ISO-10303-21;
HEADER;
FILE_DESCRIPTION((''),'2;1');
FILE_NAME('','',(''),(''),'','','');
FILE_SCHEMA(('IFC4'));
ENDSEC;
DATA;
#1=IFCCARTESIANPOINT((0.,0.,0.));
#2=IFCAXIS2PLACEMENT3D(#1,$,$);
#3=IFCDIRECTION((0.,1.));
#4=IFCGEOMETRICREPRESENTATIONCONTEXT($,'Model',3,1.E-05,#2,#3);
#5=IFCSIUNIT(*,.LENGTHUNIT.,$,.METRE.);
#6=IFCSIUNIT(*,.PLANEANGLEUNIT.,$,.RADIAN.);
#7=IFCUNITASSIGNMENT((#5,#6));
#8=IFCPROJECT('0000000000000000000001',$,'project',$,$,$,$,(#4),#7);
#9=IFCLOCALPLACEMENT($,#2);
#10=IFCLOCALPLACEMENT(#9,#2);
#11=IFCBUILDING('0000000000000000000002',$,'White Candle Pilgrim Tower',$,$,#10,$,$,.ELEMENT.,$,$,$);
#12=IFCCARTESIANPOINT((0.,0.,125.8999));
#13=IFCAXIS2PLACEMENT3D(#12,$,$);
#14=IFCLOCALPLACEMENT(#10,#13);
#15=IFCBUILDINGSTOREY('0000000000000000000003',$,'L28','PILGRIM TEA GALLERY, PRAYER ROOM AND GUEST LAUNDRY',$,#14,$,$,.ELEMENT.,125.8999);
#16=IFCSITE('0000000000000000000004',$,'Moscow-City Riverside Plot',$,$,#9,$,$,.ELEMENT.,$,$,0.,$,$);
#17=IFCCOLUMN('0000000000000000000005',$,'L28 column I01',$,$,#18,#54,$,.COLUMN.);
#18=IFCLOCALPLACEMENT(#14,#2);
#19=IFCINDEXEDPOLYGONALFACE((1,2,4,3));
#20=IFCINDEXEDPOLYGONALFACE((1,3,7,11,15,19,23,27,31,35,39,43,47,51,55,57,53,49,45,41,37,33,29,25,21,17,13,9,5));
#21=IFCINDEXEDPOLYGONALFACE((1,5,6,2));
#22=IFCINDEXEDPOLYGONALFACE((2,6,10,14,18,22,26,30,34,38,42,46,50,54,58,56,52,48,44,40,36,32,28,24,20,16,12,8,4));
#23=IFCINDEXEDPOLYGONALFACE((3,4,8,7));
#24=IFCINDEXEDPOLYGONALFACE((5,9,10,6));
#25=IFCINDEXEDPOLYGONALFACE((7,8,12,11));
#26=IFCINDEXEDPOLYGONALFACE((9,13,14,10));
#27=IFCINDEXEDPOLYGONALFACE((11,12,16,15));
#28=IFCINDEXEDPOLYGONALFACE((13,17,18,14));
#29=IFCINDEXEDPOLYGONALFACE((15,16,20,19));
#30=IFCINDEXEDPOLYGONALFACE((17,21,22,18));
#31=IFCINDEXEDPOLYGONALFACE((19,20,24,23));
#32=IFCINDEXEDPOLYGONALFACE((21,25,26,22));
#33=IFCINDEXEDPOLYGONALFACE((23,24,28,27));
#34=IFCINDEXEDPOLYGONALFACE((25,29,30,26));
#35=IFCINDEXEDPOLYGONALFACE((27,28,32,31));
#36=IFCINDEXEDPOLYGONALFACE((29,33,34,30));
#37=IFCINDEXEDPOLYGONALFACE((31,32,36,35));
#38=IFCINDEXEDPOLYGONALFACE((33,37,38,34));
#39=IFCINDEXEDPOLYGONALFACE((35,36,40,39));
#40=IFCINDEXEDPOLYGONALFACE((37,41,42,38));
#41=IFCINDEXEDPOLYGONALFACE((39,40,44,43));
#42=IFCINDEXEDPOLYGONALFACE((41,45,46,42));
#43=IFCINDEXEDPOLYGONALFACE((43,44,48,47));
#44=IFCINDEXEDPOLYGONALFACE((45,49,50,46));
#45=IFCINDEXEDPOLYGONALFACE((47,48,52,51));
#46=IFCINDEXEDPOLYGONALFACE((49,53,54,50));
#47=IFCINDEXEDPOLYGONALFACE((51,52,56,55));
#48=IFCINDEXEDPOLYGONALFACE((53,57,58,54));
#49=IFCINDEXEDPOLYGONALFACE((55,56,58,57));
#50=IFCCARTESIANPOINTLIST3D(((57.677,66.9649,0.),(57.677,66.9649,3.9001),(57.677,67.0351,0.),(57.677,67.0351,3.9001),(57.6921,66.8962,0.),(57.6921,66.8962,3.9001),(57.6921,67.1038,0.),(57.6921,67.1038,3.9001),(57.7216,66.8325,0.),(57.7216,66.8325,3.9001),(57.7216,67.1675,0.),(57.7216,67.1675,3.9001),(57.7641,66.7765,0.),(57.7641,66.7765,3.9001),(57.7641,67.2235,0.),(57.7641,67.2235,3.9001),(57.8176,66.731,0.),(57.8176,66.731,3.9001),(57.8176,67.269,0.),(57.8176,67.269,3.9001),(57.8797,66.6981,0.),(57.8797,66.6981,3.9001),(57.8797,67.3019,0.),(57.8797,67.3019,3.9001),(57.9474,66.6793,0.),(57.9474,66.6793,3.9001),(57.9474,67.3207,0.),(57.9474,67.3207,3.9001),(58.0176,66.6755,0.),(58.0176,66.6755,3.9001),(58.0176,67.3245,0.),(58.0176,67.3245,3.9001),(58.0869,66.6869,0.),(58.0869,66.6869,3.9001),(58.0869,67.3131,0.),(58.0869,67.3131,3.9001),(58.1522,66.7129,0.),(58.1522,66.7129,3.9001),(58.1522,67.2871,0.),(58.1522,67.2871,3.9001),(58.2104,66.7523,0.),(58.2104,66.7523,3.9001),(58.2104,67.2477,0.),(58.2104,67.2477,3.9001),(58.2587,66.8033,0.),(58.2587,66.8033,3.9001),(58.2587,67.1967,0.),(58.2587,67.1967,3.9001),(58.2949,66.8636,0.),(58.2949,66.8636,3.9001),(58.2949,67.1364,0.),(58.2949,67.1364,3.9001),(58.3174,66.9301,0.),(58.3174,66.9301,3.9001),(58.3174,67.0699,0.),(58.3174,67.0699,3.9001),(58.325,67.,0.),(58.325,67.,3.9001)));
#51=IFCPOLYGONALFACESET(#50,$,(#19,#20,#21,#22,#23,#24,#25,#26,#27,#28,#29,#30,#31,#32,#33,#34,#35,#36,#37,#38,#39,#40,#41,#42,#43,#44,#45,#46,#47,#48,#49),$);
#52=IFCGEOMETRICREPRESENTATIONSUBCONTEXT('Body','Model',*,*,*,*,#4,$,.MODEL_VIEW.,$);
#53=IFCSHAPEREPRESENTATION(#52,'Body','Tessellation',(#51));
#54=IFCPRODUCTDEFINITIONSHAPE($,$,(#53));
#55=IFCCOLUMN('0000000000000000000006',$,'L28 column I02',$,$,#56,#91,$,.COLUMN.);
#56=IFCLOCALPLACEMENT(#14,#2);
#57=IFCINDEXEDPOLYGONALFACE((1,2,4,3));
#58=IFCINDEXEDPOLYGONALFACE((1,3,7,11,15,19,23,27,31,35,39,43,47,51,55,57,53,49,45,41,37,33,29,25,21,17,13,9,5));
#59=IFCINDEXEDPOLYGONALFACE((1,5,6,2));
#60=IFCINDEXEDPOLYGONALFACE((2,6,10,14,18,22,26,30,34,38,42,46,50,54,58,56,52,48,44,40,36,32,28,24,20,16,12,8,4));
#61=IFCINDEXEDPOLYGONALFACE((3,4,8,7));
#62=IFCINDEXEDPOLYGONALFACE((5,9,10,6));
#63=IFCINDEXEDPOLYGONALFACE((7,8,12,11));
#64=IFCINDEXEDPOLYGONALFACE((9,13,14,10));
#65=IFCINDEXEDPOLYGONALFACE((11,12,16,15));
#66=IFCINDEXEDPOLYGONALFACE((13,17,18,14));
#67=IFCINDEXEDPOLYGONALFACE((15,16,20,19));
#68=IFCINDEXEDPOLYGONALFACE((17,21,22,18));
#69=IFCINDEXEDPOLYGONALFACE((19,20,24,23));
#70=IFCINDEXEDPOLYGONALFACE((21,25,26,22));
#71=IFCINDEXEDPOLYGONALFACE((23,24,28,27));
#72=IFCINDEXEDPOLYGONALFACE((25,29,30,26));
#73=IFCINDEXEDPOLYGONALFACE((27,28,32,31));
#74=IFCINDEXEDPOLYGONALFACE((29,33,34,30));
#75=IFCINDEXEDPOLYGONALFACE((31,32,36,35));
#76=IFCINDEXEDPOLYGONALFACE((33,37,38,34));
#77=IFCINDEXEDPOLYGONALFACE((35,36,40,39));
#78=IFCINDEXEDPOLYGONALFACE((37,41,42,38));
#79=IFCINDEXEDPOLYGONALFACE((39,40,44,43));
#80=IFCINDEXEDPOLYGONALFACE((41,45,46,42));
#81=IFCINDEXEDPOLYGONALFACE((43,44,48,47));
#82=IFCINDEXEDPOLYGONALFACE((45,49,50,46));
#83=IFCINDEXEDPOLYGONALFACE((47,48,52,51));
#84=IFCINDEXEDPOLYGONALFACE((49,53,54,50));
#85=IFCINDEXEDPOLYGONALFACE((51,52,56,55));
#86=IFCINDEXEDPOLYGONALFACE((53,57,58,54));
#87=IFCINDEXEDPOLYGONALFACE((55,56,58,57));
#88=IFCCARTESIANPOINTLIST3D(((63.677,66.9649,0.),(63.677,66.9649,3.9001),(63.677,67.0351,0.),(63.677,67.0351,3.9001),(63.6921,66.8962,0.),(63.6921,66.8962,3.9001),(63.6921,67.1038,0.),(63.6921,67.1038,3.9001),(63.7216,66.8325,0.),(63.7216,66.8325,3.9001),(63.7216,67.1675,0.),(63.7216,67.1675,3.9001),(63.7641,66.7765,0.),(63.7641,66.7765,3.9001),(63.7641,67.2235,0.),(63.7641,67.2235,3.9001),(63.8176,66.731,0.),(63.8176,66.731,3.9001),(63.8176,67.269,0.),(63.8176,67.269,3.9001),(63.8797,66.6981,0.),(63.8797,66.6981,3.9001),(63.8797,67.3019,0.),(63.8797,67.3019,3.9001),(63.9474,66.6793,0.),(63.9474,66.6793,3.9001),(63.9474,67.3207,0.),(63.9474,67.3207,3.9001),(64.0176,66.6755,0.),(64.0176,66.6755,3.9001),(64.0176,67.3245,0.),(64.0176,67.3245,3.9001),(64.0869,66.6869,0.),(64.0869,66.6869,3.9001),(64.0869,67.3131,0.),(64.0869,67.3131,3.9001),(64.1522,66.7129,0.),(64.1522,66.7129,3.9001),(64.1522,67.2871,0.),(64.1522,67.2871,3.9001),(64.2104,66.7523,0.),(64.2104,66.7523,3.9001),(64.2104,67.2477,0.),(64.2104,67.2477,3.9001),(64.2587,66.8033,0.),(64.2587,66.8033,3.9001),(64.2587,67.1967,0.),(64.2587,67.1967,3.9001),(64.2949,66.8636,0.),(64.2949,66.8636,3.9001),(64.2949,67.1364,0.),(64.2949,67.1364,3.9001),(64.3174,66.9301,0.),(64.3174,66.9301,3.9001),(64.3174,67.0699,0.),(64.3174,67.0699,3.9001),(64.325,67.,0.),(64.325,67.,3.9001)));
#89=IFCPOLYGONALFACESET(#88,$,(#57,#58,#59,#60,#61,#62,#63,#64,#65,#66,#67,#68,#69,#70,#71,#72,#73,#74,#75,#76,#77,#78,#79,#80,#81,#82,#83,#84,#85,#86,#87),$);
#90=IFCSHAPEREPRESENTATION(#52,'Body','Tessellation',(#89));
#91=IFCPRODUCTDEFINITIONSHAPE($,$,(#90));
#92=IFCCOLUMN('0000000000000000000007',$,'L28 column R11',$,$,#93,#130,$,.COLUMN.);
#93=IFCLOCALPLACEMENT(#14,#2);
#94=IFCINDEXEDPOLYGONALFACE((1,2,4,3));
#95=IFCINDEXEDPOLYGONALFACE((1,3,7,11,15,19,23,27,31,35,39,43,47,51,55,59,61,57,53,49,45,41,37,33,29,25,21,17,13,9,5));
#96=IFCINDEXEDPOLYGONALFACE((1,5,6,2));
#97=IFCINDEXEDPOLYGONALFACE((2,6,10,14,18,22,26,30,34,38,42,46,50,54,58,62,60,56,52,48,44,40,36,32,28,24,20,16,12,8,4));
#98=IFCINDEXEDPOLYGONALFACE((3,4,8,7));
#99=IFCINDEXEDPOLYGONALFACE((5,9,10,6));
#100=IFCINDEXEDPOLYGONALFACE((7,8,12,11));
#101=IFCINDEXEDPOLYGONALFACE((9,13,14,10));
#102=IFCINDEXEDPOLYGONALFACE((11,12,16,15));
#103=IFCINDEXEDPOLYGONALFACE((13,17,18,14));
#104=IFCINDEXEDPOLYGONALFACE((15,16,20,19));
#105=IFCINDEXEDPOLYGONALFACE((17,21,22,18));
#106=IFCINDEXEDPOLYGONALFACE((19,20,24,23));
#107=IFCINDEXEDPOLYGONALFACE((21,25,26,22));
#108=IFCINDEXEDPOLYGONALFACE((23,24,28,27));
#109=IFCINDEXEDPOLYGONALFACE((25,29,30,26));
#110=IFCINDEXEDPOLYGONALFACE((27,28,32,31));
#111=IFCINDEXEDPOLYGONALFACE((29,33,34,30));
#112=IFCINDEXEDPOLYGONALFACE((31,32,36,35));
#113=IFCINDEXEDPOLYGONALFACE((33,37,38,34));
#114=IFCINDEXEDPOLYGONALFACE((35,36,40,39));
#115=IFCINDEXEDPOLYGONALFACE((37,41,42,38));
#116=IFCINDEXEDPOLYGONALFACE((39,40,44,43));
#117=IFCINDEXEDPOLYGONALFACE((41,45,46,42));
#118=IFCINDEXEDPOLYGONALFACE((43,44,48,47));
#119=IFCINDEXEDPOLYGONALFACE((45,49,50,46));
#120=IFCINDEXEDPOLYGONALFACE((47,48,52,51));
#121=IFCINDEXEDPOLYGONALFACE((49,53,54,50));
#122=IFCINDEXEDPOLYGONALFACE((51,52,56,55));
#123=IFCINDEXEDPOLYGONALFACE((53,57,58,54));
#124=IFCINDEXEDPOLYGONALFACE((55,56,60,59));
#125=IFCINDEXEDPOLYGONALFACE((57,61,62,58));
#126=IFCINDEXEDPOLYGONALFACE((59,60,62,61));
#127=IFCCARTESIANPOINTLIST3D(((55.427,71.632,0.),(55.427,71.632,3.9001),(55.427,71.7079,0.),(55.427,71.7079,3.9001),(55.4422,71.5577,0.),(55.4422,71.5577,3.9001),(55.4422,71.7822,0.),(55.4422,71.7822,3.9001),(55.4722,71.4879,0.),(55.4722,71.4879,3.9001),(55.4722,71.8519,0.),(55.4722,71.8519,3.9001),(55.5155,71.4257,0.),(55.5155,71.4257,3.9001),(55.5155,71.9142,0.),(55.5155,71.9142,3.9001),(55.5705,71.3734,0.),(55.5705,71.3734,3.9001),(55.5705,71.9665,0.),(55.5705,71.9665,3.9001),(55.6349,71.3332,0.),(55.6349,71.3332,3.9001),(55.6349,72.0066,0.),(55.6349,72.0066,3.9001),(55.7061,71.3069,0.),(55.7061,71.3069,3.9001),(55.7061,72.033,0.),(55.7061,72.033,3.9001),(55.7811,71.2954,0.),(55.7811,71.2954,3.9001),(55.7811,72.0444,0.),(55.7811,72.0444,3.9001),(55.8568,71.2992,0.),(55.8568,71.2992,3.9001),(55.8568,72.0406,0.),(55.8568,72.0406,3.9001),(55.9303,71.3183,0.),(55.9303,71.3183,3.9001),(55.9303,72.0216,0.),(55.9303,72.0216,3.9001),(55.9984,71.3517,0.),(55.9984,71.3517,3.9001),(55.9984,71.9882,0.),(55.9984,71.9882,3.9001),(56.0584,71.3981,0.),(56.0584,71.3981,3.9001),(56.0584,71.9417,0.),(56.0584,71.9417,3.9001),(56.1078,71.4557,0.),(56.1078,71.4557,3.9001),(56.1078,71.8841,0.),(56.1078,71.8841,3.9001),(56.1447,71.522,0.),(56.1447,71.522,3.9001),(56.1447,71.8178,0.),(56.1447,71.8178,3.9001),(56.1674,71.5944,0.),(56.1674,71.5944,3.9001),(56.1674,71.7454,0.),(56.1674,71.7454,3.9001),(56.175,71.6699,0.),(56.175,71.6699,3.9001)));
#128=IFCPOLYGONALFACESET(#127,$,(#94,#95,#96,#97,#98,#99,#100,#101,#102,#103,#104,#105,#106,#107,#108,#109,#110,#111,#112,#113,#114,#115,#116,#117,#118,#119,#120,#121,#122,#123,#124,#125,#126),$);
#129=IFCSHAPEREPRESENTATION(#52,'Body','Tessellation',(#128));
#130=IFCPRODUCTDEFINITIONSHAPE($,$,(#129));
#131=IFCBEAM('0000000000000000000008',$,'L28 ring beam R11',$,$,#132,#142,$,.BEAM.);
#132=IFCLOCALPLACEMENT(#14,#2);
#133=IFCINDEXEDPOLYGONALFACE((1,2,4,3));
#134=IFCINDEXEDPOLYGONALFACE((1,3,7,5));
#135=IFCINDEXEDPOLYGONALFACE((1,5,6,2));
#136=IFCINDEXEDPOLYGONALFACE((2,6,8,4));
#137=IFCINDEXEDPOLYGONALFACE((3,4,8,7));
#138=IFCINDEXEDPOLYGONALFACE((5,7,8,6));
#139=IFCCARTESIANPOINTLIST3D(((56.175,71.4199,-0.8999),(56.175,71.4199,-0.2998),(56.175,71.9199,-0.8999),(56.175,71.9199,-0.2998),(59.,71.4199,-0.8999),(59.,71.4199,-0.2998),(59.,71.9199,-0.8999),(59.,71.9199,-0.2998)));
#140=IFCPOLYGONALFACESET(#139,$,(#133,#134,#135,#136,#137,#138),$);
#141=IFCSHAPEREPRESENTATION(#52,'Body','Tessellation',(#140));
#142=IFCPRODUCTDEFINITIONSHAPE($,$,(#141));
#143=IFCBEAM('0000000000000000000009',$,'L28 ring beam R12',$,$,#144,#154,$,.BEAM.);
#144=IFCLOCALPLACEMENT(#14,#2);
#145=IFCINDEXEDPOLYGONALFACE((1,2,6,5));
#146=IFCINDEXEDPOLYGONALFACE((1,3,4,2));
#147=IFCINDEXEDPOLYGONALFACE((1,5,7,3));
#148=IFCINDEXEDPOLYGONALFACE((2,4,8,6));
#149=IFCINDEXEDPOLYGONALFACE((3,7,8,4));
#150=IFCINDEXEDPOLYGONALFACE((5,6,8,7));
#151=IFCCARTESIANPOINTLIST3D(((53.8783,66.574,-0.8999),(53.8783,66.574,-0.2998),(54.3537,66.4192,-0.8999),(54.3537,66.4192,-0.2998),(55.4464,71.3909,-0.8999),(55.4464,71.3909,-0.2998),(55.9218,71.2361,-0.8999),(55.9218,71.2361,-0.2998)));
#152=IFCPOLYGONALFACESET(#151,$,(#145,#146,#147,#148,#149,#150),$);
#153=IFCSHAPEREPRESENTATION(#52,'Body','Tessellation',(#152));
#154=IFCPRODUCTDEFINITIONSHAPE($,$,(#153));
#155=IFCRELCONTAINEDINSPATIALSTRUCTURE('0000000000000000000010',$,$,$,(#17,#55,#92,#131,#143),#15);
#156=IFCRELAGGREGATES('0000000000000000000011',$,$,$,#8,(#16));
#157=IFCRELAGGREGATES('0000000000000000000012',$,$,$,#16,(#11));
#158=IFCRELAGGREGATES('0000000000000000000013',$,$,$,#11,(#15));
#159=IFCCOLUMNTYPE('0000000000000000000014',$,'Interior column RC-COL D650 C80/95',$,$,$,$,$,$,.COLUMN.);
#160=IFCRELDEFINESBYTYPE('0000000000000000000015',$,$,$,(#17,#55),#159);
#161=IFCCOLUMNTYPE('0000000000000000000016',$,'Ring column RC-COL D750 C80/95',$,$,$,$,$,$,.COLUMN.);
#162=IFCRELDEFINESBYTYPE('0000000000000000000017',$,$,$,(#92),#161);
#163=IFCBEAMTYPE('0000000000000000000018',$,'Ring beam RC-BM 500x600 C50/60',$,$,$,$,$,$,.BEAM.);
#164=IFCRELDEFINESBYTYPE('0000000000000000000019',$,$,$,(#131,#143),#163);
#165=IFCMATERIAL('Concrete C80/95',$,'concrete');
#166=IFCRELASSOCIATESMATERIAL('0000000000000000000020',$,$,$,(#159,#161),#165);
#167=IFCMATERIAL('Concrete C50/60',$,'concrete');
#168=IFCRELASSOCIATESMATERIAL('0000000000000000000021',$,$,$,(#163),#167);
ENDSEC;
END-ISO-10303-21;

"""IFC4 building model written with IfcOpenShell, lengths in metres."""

from ifc_helpers import new_model, si_unit, direction, frame, origin, origin_2d, place, context, subcontext, project, spatial, rectangle, circle, extrude, material, material_profile, profile_set, type_object, element, save


model = new_model("IFC4")

# Units and contexts
model_context = context("Model", 3, precision=1e-05, world=origin(), true_north=direction((0.0, 1.0)))
body_context = subcontext(model_context, "Body", "Model", "MODEL_VIEW")
ifc_project = project(units=[si_unit("LENGTHUNIT", "METRE"), si_unit("PLANEANGLEUNIT", "RADIAN")], contexts=[model_context])

# Site, building, storey
site_placement = place(None, origin())
site = spatial("IfcSite", under=ifc_project, at=site_placement, Name="Moscow-City Riverside Plot", CompositionType="ELEMENT", RefElevation=0.0)
building_placement = place(site_placement, origin())
building = spatial("IfcBuilding", under=site, at=building_placement, Name="White Candle Pilgrim Tower", CompositionType="ELEMENT")
storey_placement = place(building_placement, frame((0.0, 0.0, 125.8999)))
storey = spatial("IfcBuildingStorey", under=building, at=storey_placement, Name="L28", Description="PILGRIM TEA GALLERY, PRAYER ROOM AND GUEST LAUNDRY", CompositionType="ELEMENT", Elevation=125.8999)

# Columns
ifc_material_1 = material(Name="Concrete C80/95", Category="concrete")
ifc_material_profile_1 = material_profile(ifc_material_1, circle(Radius=0.325, at=origin_2d()), Name="RC-COL D650")
ifc_profile_set_1 = profile_set([ifc_material_profile_1], Name="Concrete C80/95")
column_type_1 = type_object("IfcColumnType", Name="Interior column RC-COL D650 C80/95", PredefinedType="COLUMN", material=ifc_profile_set_1)
for number, where, z_axis, x_axis, name in (
    (1, (58.0, 67.0, 0.0), (0.0, 0.0, 1.0), (1.0, 0.0, 0.0), "L28 column I01"),
    (2, (64.0, 67.0, 0.0), (0.0, 0.0, 1.0), (1.0, 0.0, 0.0), "L28 column I02"),
):
    element("IfcColumn", number, at=place(storey_placement, frame(where, z_axis=z_axis, x_axis=x_axis)), inside=storey, type_object=column_type_1, Name=name, PredefinedType="COLUMN", context=body_context, shape_type="SweptSolid", body=[
        extrude(circle(Radius=0.325, at=origin_2d()), origin(), (0.0, 0.0, 1.0), 3.9001),
    ])
ifc_material_profile_2 = material_profile(ifc_material_1, circle(Radius=0.375, at=origin_2d()), Name="RC-COL D750")
ifc_profile_set_2 = profile_set([ifc_material_profile_2], Name="Concrete C80/95")
column_type_2 = type_object("IfcColumnType", Name="Ring column RC-COL D750 C80/95", PredefinedType="COLUMN", material=ifc_profile_set_2)
column_placement = place(storey_placement, frame((55.8, 71.6699, 0.0), z_axis=(0.0, 0.0, 1.0), x_axis=(1.0, 0.0, 0.0)))
element("IfcColumn", 3, at=column_placement, inside=storey, type_object=column_type_2, Name="L28 column R11", PredefinedType="COLUMN", context=body_context, shape_type="SweptSolid", body=[
    extrude(circle(Radius=0.375, at=origin_2d()), origin(), (0.0, 0.0, 1.0), 3.9001),
])

# Beams
ifc_material_2 = material(Name="Concrete C50/60", Category="concrete")
ifc_material_profile_3 = material_profile(ifc_material_2, rectangle(XDim=0.5, YDim=0.6001, at=origin_2d()), Name="RC-BM 500x600")
ifc_profile_set_3 = profile_set([ifc_material_profile_3], Name="Concrete C50/60")
beam_type = type_object("IfcBeamType", Name="Ring beam RC-BM 500x600 C50/60", PredefinedType="BEAM", material=ifc_profile_set_3)
beam_1_placement = place(storey_placement, frame((56.175, 71.6699, -0.5999), z_axis=(1.0, 0.0, 0.0), x_axis=(0.0, 1.0, 0.0)))
element("IfcBeam", 4, at=beam_1_placement, inside=storey, type_object=beam_type, Name="L28 ring beam R11", PredefinedType="BEAM", context=body_context, shape_type="SweptSolid", body=[
    extrude(rectangle(XDim=0.5, YDim=0.6001, at=origin_2d()), origin(), (0.0, 0.0, 1.0), 2.825),
])
beam_2_placement = place(storey_placement, frame((55.6841, 71.3135, -0.5999), z_axis=(-0.309555, -0.950882, 0.0), x_axis=(0.950882, -0.309555, 0.0)))
element("IfcBeam", 5, at=beam_2_placement, inside=storey, type_object=beam_type, Name="L28 ring beam R12", PredefinedType="BEAM", context=body_context, shape_type="SweptSolid", body=[
    extrude(rectangle(XDim=0.5, YDim=0.6001, at=origin_2d()), origin(), (0.0, 0.0, 1.0), 5.0657),
])

save(model, "model.ifc")
